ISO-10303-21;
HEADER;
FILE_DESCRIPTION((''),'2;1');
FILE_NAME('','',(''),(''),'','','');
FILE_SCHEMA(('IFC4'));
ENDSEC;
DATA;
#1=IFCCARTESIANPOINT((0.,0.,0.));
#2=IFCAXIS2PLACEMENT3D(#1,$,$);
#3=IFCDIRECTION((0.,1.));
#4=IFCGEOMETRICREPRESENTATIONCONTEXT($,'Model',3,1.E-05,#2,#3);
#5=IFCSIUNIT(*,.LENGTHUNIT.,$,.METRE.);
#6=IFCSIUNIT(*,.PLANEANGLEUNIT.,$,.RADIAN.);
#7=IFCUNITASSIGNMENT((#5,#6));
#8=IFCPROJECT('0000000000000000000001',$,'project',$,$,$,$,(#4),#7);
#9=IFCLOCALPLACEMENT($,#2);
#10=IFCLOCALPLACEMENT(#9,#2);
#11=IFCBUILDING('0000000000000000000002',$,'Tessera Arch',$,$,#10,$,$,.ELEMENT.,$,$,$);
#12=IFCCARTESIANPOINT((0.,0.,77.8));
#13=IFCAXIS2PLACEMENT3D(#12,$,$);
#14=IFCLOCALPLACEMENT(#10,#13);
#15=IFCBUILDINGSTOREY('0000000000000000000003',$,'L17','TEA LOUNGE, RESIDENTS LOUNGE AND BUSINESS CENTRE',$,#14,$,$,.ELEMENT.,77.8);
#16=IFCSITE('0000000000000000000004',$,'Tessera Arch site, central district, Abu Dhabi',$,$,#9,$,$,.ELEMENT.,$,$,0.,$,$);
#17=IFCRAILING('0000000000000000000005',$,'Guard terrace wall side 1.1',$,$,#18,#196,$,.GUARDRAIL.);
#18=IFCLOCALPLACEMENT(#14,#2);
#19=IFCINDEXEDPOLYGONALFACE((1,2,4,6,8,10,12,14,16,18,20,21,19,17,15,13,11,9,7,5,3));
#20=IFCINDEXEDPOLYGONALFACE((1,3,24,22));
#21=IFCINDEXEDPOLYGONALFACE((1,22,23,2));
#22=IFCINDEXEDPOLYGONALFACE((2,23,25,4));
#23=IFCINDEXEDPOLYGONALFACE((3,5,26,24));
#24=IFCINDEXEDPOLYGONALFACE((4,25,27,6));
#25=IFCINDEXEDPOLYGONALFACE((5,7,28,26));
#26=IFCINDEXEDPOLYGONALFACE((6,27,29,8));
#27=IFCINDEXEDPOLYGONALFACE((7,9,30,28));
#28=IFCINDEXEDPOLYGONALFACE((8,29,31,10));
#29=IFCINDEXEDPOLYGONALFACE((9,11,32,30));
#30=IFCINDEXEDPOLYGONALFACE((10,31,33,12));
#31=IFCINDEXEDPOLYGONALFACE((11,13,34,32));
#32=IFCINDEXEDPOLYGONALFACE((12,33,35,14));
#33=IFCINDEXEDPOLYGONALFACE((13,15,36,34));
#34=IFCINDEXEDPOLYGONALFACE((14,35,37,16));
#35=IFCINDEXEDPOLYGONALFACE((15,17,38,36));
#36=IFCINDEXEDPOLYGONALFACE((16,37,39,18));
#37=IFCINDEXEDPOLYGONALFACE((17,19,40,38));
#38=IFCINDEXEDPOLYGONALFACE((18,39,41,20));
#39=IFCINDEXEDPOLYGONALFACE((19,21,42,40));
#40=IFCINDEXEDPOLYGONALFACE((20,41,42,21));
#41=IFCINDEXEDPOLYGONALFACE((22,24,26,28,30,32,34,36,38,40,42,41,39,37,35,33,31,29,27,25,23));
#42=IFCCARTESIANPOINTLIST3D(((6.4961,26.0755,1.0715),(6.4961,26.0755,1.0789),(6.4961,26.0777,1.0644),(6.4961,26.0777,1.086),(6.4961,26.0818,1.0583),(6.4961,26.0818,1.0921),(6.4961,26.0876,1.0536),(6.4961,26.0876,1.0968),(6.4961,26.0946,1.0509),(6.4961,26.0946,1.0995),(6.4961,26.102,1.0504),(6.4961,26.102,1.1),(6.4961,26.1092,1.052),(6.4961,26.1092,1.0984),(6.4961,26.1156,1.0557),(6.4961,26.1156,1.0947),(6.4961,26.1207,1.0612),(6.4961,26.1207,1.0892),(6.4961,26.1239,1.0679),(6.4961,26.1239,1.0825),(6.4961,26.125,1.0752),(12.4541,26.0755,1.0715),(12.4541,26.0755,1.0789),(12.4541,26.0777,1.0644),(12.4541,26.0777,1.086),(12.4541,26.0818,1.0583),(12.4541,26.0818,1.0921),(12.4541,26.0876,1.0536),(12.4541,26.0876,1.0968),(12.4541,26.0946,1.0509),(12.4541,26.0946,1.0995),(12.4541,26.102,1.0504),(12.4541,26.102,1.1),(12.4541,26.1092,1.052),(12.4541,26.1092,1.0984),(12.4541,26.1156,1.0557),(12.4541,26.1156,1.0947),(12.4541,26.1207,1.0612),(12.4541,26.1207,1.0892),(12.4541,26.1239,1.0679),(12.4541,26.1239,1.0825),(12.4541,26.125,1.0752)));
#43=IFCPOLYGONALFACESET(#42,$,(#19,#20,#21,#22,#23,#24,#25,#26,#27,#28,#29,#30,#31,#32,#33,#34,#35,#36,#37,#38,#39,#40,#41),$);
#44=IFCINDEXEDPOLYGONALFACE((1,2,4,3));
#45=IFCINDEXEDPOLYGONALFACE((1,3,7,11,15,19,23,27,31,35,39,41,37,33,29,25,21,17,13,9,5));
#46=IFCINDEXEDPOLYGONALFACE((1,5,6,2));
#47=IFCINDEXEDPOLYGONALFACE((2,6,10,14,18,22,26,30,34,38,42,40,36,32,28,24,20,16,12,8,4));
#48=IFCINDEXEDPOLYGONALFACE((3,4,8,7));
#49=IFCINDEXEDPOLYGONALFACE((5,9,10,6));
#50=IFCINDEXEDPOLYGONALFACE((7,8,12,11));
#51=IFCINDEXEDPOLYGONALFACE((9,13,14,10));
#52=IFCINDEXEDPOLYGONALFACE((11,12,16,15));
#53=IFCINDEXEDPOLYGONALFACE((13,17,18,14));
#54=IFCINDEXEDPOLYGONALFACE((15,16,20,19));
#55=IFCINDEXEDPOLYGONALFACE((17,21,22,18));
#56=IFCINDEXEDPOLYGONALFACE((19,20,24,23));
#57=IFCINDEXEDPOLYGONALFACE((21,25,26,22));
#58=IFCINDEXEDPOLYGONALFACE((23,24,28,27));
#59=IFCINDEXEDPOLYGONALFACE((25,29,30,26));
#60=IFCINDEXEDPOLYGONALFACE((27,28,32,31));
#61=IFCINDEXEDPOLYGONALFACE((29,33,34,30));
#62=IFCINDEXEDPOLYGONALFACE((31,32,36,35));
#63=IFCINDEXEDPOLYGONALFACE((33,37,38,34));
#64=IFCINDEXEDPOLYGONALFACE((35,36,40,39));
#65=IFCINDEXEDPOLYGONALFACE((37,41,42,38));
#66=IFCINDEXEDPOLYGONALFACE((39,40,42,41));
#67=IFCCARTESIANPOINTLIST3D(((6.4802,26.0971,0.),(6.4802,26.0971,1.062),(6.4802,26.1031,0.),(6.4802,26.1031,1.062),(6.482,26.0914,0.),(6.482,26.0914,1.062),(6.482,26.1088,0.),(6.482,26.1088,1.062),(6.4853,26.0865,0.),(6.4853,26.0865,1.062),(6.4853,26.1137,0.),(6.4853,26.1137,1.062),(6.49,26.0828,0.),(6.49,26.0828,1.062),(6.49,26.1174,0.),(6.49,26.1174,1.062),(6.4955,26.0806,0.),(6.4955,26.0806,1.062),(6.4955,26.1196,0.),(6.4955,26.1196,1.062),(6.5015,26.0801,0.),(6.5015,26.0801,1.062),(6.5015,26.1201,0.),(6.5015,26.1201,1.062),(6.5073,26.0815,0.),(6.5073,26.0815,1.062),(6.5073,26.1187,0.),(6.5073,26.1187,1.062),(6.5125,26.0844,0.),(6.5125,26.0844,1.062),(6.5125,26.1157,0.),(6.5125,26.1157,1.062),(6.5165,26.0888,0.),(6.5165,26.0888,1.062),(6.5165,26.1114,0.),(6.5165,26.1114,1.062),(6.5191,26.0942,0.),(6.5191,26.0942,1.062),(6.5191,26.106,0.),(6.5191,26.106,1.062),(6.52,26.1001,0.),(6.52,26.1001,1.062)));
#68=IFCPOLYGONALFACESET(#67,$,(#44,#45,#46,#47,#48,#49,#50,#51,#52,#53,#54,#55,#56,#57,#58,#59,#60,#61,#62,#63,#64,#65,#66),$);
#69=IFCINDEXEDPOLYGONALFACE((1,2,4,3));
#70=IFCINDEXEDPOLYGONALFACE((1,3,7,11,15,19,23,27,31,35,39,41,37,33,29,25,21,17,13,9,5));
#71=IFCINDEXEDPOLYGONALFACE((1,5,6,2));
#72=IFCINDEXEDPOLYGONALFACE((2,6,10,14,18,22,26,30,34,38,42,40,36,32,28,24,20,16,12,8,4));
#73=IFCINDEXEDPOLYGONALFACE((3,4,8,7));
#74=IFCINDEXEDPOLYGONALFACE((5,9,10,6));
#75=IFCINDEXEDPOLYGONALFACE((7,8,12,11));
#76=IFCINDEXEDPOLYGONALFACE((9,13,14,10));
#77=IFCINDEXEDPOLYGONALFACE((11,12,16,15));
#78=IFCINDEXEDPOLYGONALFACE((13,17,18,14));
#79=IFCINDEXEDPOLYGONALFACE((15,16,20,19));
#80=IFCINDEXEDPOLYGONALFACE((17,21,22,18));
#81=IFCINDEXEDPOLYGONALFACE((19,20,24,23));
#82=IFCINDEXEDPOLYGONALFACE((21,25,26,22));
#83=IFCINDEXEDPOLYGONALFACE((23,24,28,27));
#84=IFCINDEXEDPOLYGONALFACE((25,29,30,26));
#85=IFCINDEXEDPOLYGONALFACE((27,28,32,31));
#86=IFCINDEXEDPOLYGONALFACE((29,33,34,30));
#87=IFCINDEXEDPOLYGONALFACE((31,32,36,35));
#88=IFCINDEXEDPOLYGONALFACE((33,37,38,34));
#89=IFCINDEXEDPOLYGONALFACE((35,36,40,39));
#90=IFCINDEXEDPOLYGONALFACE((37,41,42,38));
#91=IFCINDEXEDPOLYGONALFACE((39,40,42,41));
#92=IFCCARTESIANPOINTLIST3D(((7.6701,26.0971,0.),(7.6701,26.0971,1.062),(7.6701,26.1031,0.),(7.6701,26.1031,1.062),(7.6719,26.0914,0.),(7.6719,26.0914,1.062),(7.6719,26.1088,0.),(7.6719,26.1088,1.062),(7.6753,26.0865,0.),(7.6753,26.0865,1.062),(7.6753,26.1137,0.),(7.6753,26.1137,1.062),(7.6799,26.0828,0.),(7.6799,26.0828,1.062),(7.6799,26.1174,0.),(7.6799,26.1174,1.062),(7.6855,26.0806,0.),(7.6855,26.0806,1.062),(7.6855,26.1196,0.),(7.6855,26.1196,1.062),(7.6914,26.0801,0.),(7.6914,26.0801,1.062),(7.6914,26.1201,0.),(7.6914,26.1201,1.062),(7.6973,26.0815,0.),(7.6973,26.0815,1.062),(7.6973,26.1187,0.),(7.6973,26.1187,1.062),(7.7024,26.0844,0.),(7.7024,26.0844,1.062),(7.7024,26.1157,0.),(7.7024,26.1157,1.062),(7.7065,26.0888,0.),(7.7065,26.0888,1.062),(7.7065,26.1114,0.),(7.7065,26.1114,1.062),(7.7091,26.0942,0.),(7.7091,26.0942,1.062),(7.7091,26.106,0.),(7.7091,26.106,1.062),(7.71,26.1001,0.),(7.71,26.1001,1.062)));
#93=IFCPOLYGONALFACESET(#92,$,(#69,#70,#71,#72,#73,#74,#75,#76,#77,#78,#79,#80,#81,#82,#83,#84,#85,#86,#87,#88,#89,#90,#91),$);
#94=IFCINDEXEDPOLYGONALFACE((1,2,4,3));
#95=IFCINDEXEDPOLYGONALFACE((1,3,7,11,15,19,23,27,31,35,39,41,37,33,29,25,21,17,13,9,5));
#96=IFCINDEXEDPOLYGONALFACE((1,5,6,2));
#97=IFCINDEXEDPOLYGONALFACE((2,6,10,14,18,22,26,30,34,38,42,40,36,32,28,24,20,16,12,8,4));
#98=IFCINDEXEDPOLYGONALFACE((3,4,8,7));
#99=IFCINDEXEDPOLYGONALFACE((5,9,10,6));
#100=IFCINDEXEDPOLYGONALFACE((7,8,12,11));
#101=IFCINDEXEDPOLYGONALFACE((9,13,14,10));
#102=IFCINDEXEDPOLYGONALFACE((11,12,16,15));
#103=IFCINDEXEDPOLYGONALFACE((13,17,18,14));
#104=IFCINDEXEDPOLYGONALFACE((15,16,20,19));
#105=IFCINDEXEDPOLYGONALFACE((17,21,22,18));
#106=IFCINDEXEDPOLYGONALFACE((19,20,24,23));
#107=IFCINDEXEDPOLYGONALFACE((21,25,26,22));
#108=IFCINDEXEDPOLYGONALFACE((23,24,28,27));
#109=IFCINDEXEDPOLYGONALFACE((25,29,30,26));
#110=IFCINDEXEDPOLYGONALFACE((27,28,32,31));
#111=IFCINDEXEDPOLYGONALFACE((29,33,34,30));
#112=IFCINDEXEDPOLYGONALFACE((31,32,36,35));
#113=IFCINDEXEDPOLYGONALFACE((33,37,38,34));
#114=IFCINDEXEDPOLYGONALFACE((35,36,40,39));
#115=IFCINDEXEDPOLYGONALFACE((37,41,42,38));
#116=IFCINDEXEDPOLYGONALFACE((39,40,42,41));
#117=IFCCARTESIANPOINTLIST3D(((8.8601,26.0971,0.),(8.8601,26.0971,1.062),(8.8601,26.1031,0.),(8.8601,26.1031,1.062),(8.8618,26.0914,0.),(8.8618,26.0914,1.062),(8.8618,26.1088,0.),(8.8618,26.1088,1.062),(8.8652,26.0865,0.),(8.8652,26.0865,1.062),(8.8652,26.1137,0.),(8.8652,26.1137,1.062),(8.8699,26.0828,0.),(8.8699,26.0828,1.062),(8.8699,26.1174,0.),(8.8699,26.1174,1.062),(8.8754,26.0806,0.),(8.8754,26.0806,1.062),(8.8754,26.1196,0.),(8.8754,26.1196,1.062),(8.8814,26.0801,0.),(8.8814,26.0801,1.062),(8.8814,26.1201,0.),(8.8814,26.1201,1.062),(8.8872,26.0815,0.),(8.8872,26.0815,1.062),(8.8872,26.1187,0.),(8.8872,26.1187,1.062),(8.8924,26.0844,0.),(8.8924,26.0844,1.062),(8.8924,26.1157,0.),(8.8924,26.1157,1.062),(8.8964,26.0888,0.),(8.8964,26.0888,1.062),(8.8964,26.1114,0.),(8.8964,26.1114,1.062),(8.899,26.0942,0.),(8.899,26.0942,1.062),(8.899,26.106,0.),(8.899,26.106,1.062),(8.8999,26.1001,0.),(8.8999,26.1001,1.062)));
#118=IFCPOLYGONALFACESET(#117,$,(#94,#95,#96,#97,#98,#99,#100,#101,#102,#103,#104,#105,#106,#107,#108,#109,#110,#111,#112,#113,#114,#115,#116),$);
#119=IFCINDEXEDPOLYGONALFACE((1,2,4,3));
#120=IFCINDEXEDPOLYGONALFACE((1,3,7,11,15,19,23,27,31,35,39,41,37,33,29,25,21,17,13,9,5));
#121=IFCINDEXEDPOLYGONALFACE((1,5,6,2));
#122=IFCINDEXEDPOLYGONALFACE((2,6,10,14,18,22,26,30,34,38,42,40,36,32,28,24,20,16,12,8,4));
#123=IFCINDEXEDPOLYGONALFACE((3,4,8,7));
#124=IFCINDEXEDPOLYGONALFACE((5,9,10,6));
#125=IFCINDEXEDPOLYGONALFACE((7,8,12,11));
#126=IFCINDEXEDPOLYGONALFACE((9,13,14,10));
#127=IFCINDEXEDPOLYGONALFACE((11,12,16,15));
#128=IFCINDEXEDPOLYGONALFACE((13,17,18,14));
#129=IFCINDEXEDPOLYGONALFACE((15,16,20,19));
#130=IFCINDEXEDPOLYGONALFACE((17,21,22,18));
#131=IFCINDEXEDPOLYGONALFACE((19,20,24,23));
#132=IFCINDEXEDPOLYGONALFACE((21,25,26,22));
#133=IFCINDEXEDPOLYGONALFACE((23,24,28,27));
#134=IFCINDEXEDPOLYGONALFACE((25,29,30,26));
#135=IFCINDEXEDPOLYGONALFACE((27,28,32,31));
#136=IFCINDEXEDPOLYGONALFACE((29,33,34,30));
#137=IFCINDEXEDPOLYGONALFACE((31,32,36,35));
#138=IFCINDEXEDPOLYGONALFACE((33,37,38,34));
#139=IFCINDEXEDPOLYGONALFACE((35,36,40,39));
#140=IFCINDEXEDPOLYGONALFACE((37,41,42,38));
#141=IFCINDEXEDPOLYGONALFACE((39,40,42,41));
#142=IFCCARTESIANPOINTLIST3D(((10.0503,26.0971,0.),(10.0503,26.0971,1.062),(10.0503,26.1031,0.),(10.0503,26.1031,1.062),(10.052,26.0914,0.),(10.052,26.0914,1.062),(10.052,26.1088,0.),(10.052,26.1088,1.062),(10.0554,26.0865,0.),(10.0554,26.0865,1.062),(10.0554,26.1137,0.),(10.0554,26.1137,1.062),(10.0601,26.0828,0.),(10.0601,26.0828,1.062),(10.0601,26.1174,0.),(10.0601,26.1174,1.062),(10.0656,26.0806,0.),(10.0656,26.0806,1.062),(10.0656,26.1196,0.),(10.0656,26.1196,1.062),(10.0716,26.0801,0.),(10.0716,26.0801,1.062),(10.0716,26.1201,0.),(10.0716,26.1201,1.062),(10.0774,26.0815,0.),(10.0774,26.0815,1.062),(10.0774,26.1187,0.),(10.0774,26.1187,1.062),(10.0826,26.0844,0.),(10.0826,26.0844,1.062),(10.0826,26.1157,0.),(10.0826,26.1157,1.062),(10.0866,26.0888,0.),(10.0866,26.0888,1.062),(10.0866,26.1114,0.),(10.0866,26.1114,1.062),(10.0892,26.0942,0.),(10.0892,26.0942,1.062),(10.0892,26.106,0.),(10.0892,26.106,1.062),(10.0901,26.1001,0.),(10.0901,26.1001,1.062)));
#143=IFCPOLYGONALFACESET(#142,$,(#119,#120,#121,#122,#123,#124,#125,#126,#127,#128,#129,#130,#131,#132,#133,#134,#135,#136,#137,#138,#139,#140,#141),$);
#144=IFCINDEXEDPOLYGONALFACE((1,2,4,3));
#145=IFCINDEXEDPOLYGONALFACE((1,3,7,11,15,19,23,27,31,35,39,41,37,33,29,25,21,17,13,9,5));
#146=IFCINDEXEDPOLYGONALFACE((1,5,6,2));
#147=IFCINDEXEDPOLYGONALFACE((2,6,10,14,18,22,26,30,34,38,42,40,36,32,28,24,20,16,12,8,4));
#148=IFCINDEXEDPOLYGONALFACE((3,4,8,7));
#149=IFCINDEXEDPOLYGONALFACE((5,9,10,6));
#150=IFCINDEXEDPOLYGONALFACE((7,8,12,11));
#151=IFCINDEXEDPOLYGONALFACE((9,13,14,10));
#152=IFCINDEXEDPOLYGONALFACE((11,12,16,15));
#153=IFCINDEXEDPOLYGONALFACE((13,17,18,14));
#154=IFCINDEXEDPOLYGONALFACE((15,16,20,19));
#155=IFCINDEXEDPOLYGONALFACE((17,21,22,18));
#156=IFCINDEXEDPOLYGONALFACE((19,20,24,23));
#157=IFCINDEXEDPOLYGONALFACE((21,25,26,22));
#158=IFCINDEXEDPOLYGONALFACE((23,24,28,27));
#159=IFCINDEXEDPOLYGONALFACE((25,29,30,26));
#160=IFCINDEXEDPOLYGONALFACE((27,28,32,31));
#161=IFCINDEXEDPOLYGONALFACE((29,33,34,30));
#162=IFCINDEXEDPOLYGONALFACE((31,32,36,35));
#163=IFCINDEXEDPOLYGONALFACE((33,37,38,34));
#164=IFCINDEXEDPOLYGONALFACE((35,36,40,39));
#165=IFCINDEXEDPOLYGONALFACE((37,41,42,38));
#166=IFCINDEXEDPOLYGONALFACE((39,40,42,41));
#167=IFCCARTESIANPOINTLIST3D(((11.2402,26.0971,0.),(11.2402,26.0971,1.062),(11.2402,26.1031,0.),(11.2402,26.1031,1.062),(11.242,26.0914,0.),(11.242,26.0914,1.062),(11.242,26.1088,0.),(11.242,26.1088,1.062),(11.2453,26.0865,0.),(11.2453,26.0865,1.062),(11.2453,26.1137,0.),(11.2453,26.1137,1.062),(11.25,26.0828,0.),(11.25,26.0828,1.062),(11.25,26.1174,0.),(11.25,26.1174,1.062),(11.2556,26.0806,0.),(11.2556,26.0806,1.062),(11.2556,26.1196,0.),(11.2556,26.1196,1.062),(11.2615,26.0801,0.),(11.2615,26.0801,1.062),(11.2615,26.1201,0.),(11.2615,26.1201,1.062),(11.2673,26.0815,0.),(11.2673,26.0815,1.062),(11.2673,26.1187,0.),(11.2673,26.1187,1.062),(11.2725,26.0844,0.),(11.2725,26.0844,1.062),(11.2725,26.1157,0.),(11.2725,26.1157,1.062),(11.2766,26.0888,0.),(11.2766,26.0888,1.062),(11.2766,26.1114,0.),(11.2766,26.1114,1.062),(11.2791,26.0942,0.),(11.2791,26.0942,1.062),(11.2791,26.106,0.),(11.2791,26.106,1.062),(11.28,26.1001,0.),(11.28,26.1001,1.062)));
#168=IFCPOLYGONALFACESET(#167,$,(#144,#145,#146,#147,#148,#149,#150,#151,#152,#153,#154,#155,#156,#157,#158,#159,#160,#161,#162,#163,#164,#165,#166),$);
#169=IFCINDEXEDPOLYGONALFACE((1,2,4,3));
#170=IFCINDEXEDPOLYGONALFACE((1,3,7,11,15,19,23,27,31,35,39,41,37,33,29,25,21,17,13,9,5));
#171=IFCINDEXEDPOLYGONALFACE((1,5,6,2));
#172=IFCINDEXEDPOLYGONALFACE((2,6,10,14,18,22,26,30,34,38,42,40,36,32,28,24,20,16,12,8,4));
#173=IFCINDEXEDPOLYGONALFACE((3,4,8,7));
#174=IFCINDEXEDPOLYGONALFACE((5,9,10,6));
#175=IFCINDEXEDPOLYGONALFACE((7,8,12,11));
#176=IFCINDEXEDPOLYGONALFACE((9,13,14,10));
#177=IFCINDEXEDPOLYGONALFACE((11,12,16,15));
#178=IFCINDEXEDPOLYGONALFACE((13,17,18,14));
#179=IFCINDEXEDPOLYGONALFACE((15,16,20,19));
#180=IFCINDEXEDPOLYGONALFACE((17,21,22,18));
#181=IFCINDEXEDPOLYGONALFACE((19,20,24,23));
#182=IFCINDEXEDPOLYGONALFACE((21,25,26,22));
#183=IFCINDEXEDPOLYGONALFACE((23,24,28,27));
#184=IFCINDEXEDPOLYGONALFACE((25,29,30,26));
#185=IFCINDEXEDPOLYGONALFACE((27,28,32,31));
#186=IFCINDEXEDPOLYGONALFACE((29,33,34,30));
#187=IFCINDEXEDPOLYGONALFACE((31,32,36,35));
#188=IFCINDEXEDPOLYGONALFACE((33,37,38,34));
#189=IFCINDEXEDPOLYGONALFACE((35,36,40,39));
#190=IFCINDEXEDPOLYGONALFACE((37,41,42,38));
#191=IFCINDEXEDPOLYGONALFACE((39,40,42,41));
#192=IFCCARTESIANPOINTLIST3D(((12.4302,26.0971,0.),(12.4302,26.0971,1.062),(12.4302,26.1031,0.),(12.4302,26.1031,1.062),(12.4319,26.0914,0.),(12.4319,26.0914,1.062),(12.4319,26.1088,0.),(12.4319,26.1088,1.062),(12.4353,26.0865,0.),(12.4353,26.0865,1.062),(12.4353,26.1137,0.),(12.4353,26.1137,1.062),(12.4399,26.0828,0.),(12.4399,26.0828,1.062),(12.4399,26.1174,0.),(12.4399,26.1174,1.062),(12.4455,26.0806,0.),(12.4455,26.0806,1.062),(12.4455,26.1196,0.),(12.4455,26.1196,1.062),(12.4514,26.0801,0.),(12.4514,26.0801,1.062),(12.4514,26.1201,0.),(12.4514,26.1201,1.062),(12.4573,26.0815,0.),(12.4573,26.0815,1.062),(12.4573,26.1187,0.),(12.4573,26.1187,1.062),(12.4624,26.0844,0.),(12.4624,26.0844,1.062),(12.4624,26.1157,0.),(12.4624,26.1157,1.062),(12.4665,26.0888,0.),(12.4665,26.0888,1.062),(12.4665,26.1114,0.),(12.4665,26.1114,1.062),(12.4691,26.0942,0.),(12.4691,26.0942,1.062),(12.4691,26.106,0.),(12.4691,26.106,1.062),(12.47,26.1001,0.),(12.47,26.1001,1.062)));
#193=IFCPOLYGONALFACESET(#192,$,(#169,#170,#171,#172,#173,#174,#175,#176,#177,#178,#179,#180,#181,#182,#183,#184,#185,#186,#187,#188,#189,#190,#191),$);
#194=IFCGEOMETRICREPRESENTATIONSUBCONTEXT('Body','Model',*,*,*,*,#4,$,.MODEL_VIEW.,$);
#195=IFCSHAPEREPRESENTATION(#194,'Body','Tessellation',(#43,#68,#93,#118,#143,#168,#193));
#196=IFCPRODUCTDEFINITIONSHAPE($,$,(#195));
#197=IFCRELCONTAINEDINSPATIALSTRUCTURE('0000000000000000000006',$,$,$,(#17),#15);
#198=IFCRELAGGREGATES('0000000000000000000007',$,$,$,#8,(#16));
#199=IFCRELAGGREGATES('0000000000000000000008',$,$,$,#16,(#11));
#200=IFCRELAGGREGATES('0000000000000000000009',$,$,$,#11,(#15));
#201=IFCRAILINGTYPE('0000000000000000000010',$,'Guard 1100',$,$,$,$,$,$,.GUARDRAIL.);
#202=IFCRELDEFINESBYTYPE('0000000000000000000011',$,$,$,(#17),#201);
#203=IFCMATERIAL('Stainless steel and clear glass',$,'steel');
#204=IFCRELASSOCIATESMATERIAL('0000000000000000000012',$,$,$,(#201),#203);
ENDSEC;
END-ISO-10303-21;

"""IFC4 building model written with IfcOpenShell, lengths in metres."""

from ifc_helpers import new_model, si_unit, direction, frame, origin, origin_2d, place, context, subcontext, project, spatial, circle, extrude, material, type_object, element, save


model = new_model("IFC4")

# Units and contexts
model_context = context("Model", 3, precision=1e-05, world=origin(), true_north=direction((0.0, 1.0)))
body_context = subcontext(model_context, "Body", "Model", "MODEL_VIEW")
ifc_project = project(units=[si_unit("LENGTHUNIT", "METRE"), si_unit("PLANEANGLEUNIT", "RADIAN")], contexts=[model_context])

# Site, building, storey
site_placement = place(None, origin())
site = spatial("IfcSite", under=ifc_project, at=site_placement, Name="Tessera Arch site, central district, Abu Dhabi", CompositionType="ELEMENT", RefElevation=0.0)
building_placement = place(site_placement, origin())
building = spatial("IfcBuilding", under=site, at=building_placement, Name="Tessera Arch", CompositionType="ELEMENT")
storey_placement = place(building_placement, frame((0.0, 0.0, 77.8)))
storey = spatial("IfcBuildingStorey", under=building, at=storey_placement, Name="L17", Description="TEA LOUNGE, RESIDENTS LOUNGE AND BUSINESS CENTRE", CompositionType="ELEMENT", Elevation=77.8)

# Railing
ifc_material_1 = material(Name="Stainless steel and clear glass", Category="steel")
railing_type = type_object("IfcRailingType", Name="Guard 1100", PredefinedType="GUARDRAIL", material=ifc_material_1)
railing_placement = place(storey_placement, frame((6.5, 26.1001, 0.0)))
element("IfcRailing", 1, at=railing_placement, inside=storey, type_object=railing_type, Name="Guard terrace wall side 1.1", PredefinedType="GUARDRAIL", context=body_context, shape_type="SweptSolid", body=[
    extrude(circle(Radius=0.0249, at=origin_2d()), frame((-0.0039, 0.0, 1.0752), z_axis=(1.0, 0.0, 0.0), x_axis=(0.0, 1.0, 0.0)), (0.0, 0.0, 1.0), 5.958),
    extrude(circle(Radius=0.02, at=origin_2d()), origin(), (0.0, 0.0, 1.0), 1.062),
    extrude(circle(Radius=0.02, at=origin_2d()), frame((1.1899, 0.0, 0.0)), (0.0, 0.0, 1.0), 1.062),
    extrude(circle(Radius=0.02, at=origin_2d()), frame((2.3799, 0.0, 0.0)), (0.0, 0.0, 1.0), 1.062),
    extrude(circle(Radius=0.02, at=origin_2d()), frame((3.5701, 0.0, 0.0)), (0.0, 0.0, 1.0), 1.062),
    extrude(circle(Radius=0.02, at=origin_2d()), frame((4.76, 0.0, 0.0)), (0.0, 0.0, 1.0), 1.062),
    extrude(circle(Radius=0.02, at=origin_2d()), frame((5.95, 0.0, 0.0)), (0.0, 0.0, 1.0), 1.062),
])

save(model, "model.ifc")
